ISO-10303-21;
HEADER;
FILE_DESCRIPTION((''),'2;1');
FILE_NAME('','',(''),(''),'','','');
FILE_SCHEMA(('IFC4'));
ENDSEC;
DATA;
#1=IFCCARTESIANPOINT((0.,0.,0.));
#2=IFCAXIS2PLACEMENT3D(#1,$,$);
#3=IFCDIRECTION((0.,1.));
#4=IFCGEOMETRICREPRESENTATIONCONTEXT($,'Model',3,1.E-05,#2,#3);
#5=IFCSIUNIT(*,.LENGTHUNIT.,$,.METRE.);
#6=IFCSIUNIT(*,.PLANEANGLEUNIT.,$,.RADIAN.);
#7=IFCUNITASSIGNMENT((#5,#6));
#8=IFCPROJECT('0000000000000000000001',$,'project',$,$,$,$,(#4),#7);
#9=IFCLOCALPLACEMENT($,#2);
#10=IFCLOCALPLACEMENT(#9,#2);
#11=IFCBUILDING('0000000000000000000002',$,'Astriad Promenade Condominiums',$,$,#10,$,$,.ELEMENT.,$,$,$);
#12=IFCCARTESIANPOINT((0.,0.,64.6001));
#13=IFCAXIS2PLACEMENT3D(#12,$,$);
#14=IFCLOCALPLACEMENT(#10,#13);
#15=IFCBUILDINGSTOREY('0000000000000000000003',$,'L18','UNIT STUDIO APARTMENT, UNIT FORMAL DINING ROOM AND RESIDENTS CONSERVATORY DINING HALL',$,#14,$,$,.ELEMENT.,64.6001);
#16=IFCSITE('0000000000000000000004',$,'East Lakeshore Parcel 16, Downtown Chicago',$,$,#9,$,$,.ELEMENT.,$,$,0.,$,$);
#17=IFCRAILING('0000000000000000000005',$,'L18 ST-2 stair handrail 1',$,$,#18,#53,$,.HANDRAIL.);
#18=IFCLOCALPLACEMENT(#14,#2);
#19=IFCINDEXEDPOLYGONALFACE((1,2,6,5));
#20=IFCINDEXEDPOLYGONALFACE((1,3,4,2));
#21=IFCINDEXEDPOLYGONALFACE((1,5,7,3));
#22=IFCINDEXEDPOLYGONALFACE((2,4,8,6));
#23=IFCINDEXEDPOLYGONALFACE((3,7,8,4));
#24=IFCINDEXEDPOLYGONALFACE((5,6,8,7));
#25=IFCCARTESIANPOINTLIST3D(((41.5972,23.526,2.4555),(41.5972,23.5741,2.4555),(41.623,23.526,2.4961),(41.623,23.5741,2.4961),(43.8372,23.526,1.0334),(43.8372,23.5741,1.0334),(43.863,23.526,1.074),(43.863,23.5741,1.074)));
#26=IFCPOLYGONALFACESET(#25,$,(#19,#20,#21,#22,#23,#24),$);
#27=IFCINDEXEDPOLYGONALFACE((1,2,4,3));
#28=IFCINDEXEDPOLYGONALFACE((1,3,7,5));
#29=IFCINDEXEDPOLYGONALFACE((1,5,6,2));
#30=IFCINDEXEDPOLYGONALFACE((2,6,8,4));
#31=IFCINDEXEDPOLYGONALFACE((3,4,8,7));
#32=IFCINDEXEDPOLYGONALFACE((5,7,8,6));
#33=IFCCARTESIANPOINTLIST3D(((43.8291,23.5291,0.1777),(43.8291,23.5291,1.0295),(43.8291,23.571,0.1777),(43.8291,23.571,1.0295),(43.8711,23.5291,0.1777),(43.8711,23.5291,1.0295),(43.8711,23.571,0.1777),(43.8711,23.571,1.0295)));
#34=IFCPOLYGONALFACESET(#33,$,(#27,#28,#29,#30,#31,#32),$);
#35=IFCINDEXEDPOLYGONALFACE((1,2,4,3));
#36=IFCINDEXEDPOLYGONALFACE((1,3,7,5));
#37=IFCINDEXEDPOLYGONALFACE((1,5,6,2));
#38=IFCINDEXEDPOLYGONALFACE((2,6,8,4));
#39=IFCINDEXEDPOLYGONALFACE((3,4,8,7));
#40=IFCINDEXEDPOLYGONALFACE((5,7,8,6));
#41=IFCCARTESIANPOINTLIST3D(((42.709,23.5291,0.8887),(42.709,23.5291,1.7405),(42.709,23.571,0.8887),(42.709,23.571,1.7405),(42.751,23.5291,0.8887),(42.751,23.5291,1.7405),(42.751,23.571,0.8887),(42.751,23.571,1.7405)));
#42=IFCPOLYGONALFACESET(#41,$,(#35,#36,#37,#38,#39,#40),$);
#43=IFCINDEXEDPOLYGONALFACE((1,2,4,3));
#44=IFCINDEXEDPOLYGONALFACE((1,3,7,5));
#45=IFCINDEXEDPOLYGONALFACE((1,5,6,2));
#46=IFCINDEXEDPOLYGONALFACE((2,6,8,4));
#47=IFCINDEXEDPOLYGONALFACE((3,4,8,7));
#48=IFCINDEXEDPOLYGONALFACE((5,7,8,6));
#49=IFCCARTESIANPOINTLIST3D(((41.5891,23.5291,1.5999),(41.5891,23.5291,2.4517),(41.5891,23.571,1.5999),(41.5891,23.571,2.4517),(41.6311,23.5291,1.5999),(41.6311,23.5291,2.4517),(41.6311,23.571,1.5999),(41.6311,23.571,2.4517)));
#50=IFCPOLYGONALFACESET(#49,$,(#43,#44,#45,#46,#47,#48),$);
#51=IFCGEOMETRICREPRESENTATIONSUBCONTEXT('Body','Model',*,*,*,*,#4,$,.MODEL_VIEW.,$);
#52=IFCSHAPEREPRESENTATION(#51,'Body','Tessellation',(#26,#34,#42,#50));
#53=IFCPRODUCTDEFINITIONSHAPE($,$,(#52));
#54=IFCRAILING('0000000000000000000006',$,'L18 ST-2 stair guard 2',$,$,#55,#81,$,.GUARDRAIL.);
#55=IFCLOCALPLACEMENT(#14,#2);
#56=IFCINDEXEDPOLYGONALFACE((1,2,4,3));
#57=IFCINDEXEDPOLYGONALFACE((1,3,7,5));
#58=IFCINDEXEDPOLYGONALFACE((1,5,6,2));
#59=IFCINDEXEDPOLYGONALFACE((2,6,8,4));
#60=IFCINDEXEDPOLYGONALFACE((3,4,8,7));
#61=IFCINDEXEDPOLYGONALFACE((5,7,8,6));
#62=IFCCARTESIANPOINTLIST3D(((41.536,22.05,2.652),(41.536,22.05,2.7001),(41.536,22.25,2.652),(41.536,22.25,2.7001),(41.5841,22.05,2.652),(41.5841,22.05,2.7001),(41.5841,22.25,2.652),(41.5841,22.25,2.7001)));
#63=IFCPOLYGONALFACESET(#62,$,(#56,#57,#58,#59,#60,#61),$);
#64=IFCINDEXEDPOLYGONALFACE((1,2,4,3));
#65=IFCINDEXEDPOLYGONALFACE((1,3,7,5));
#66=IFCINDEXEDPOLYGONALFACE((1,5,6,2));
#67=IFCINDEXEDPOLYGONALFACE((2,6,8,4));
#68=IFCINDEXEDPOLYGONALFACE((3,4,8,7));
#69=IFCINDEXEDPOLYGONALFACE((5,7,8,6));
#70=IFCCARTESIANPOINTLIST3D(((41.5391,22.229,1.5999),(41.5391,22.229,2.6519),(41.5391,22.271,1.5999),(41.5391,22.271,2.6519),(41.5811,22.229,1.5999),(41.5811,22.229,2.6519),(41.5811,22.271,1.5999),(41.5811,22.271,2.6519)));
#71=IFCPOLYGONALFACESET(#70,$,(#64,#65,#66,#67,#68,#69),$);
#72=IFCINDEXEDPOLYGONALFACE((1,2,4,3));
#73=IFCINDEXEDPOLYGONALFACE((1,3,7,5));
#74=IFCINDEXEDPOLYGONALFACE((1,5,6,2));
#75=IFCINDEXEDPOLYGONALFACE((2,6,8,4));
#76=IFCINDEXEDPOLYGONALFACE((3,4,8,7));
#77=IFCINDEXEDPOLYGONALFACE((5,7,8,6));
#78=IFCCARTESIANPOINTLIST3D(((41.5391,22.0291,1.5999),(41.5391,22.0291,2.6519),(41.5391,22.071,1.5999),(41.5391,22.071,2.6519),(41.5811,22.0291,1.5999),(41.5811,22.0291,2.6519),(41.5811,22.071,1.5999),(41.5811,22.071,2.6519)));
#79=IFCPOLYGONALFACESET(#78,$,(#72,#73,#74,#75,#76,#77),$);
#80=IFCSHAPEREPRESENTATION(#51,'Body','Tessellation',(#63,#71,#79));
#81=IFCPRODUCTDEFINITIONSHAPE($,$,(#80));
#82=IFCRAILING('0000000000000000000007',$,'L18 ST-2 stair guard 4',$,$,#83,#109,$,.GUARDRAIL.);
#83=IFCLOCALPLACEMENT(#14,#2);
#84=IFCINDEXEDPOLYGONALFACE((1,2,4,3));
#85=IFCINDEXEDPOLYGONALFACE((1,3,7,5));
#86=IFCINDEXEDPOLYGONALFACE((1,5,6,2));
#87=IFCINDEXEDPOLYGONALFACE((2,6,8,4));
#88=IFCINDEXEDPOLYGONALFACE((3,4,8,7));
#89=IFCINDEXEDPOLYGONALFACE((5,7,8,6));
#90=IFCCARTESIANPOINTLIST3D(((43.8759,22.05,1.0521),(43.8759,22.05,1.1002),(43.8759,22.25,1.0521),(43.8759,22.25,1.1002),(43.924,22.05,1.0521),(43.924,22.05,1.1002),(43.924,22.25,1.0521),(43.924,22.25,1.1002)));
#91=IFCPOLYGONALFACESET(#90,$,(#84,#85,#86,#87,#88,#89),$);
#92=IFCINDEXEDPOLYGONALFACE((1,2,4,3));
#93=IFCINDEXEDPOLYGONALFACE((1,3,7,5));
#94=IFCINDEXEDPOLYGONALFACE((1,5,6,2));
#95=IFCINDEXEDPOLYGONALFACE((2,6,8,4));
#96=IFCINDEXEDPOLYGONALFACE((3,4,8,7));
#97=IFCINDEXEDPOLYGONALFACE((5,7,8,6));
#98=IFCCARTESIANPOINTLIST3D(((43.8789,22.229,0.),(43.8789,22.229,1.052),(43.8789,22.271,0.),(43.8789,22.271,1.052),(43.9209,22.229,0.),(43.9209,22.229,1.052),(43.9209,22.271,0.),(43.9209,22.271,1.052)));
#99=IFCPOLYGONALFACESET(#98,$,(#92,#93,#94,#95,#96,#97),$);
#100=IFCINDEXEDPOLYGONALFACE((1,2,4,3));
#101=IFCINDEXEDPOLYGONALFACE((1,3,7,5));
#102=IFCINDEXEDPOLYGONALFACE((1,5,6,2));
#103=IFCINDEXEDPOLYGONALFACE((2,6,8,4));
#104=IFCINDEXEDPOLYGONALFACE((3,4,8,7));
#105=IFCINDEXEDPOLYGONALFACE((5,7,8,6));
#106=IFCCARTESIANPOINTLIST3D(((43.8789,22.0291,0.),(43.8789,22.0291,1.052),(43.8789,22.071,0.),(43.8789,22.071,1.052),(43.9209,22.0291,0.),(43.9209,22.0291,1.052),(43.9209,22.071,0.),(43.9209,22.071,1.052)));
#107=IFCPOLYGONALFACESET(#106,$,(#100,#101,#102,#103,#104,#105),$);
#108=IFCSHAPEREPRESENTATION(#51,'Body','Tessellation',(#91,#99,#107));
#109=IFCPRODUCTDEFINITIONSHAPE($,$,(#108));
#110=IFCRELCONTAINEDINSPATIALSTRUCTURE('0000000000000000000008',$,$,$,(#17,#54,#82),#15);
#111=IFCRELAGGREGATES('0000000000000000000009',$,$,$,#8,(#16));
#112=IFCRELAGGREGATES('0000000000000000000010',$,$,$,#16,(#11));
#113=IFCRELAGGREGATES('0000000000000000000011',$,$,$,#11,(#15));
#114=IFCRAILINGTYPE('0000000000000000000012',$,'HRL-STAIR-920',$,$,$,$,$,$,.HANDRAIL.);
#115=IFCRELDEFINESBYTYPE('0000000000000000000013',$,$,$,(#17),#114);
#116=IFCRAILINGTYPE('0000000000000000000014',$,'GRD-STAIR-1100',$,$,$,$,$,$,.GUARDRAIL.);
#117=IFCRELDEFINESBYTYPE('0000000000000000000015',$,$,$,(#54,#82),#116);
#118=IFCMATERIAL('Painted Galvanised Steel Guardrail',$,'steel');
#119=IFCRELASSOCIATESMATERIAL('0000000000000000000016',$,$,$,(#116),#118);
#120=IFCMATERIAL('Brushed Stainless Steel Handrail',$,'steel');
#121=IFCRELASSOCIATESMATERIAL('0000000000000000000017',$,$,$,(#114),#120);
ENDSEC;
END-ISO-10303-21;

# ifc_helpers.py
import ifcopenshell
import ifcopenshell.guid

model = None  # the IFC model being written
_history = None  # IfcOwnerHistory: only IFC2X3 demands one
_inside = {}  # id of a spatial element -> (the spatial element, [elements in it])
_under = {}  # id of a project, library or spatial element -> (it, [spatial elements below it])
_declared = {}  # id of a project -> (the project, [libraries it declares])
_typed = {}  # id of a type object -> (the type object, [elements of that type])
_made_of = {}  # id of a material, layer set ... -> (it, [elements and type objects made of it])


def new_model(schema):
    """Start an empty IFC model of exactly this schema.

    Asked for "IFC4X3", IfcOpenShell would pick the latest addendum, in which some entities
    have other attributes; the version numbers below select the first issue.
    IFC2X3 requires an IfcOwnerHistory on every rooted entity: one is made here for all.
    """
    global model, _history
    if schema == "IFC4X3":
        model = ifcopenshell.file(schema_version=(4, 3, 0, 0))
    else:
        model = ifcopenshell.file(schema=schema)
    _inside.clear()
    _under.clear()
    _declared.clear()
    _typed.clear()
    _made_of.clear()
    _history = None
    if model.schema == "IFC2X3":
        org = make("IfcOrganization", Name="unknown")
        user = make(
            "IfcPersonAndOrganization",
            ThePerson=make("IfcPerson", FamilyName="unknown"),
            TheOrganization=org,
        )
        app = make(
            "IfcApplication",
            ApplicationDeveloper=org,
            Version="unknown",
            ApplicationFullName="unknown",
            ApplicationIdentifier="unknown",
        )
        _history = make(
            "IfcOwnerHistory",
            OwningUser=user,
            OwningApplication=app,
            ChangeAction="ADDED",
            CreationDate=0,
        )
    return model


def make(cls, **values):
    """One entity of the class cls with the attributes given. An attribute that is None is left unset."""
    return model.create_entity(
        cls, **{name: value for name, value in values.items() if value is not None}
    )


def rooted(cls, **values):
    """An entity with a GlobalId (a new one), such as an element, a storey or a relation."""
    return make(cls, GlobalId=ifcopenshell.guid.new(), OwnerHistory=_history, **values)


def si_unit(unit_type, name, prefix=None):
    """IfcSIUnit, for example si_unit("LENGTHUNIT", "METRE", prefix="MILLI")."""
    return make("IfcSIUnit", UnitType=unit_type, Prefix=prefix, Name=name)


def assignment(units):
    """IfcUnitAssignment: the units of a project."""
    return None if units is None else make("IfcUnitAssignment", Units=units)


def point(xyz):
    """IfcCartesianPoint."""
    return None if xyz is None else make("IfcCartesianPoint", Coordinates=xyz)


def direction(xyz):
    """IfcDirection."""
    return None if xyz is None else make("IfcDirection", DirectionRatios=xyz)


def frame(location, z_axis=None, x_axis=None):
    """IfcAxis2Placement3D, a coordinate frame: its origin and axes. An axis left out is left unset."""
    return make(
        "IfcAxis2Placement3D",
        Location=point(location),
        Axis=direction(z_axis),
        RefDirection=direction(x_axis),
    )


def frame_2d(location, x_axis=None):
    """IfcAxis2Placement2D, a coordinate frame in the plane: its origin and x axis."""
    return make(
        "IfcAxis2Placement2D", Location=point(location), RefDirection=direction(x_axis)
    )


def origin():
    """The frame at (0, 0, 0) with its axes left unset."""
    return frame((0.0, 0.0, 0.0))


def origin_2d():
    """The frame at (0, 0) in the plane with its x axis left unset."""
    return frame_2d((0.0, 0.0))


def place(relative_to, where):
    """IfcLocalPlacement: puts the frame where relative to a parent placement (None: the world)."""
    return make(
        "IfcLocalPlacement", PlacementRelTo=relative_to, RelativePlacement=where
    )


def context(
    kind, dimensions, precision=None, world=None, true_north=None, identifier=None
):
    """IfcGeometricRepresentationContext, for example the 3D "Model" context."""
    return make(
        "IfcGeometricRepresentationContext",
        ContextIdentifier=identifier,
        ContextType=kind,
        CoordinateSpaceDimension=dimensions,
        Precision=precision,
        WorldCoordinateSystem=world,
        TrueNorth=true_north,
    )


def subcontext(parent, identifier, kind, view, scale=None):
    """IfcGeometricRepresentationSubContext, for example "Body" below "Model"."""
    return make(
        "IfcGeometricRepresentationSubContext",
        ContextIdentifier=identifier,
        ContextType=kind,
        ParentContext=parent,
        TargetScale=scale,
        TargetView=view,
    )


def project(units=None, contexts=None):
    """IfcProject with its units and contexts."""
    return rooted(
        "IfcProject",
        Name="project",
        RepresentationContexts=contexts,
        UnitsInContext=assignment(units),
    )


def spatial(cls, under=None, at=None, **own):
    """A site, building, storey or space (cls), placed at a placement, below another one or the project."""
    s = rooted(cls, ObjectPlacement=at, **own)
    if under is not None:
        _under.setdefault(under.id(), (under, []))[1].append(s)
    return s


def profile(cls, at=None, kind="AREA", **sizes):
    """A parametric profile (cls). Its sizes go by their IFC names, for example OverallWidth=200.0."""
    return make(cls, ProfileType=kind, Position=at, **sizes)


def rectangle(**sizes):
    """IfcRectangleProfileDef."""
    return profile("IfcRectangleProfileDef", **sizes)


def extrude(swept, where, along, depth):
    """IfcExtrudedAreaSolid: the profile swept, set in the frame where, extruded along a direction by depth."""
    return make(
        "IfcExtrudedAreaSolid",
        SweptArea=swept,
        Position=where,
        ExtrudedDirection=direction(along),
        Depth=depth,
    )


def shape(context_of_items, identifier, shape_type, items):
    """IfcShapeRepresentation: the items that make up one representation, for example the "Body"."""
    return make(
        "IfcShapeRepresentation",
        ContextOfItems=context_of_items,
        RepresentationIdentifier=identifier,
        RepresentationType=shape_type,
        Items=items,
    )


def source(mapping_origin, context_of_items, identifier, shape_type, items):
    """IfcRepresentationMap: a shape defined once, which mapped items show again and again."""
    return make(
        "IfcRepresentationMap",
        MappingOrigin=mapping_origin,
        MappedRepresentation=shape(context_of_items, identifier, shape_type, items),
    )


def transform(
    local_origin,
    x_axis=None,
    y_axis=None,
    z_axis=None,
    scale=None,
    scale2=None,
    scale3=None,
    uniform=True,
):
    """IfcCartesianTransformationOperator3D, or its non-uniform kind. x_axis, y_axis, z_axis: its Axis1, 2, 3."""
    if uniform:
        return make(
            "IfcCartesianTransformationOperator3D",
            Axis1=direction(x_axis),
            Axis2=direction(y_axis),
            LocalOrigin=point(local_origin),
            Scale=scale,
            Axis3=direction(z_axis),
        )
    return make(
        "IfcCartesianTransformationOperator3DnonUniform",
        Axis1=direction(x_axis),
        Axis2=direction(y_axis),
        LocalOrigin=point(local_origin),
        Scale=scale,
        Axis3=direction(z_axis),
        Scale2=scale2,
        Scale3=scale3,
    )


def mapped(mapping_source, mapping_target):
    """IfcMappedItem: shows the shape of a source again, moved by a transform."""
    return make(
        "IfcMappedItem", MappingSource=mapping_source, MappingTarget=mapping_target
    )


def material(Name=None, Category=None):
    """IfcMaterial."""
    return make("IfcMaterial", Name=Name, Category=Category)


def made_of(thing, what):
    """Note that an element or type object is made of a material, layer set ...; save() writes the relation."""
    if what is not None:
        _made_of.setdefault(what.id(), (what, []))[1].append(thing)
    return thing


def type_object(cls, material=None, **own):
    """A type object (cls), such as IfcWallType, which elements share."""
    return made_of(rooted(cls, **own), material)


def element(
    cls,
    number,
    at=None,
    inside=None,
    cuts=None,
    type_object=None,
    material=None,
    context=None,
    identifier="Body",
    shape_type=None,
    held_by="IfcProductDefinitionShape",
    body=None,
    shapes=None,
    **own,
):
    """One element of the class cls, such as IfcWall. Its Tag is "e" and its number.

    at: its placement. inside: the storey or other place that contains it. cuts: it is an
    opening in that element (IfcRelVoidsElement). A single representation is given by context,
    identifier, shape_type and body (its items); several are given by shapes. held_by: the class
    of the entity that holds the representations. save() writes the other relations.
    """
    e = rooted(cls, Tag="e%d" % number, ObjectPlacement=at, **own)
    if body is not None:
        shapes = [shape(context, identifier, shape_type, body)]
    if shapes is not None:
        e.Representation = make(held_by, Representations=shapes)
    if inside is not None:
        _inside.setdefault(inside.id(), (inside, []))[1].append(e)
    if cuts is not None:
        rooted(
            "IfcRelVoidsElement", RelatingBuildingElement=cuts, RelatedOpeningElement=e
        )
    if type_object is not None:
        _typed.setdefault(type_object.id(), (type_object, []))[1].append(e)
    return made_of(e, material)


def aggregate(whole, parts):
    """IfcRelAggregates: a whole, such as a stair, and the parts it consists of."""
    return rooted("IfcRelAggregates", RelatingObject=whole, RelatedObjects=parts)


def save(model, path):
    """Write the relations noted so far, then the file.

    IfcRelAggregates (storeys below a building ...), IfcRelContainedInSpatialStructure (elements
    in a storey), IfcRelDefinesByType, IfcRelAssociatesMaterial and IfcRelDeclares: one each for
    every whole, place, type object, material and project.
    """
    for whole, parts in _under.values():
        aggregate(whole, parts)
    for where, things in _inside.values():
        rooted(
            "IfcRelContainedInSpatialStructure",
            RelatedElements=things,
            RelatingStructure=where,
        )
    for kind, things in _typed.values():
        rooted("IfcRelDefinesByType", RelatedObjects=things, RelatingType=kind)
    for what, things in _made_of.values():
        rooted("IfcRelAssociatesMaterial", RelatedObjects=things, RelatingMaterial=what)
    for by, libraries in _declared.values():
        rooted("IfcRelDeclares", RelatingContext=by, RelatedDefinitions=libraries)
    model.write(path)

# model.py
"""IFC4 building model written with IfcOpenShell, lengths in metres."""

from ifc_helpers import new_model, si_unit, direction, frame, origin, origin_2d, place, context, subcontext, project, spatial, rectangle, extrude, source, transform, mapped, material, type_object, element, save


model = new_model("IFC4")

# Units and contexts
model_context = context("Model", 3, precision=1e-05, world=origin(), true_north=direction((0.0, 1.0)))
body_context = subcontext(model_context, "Body", "Model", "MODEL_VIEW")
ifc_project = project(units=[si_unit("LENGTHUNIT", "METRE"), si_unit("PLANEANGLEUNIT", "RADIAN")], contexts=[model_context])

# Site, building, storey
site_placement = place(None, origin())
site = spatial("IfcSite", under=ifc_project, at=site_placement, Name="East Lakeshore Parcel 16, Downtown Chicago", CompositionType="ELEMENT", RefElevation=0.0)
building_placement = place(site_placement, origin())
building = spatial("IfcBuilding", under=site, at=building_placement, Name="Astriad Promenade Condominiums", CompositionType="ELEMENT")
storey_placement = place(building_placement, frame((0.0, 0.0, 64.6001)))
storey = spatial("IfcBuildingStorey", under=building, at=storey_placement, Name="L18", Description="UNIT STUDIO APARTMENT, UNIT FORMAL DINING ROOM AND RESIDENTS CONSERVATORY DINING HALL", CompositionType="ELEMENT", Elevation=64.6001)

# Railings
ifc_material_1 = material(Name="Painted Galvanised Steel Guardrail", Category="steel")
railing_type_1 = type_object("IfcRailingType", Name="GRD-STAIR-1100", PredefinedType="GUARDRAIL", material=ifc_material_1)
ifc_material_2 = material(Name="Brushed Stainless Steel Handrail", Category="steel")
railing_type_2 = type_object("IfcRailingType", Name="HRL-STAIR-920", PredefinedType="HANDRAIL", material=ifc_material_2)
shared_shape_1 = source(origin(), body_context, "Body", "SweptSolid", [
    extrude(rectangle(XDim=0.0481, YDim=0.0481, at=origin_2d()), frame((0.0, 0.0, 0.876), z_axis=(-0.844229, 0.0, 0.535982), x_axis=(0.0, -1.0, 0.0)), (0.0, 0.0, 1.0), 2.6533),
    extrude(rectangle(XDim=0.042, YDim=0.042, at=origin_2d()), origin(), (0.0, 0.0, 1.0), 0.8518),
    extrude(rectangle(XDim=0.042, YDim=0.042, at=origin_2d()), frame((-1.1201, 0.0, 0.7109)), (0.0, 0.0, 1.0), 0.8518),
    extrude(rectangle(XDim=0.042, YDim=0.042, at=origin_2d()), frame((-2.24, 0.0, 1.4221)), (0.0, 0.0, 1.0), 0.8518),
])
railing_1_placement = place(storey_placement, frame((43.8501, 23.55, 0.1777)))
element("IfcRailing", 1, at=railing_1_placement, inside=storey, type_object=railing_type_2, Name="L18 ST-2 stair handrail 1", PredefinedType="HANDRAIL", context=body_context, shape_type="MappedRepresentation", body=[
    mapped(shared_shape_1, transform((0.0, 0.0, 0.0), scale=1.0)),
])
shared_shape_2 = source(origin(), body_context, "Body", "SweptSolid", [
    extrude(rectangle(XDim=0.0481, YDim=0.0481, at=origin_2d()), frame((0.0, 0.0, 1.0762), z_axis=(0.0, -1.0, 0.0), x_axis=(1.0, 0.0, 0.0)), (0.0, 0.0, 1.0), 0.2),
    extrude(rectangle(XDim=0.042, YDim=0.042, at=origin_2d()), origin(), (0.0, 0.0, 1.0), 1.052),
    extrude(rectangle(XDim=0.042, YDim=0.042, at=origin_2d()), frame((0.0, -0.2, 0.0)), (0.0, 0.0, 1.0), 1.052),
])
for number, where, name in (
    (2, (41.5601, 22.25, 1.5999), "L18 ST-2 stair guard 2"),
    (3, (43.8999, 22.25, 0.0), "L18 ST-2 stair guard 4"),
):
    element("IfcRailing", number, at=place(storey_placement, frame(where)), inside=storey, type_object=railing_type_1, Name=name, PredefinedType="GUARDRAIL", context=body_context, shape_type="MappedRepresentation", body=[
        mapped(shared_shape_2, transform((0.0, 0.0, 0.0), scale=1.0)),
    ])

save(model, "model.ifc")
